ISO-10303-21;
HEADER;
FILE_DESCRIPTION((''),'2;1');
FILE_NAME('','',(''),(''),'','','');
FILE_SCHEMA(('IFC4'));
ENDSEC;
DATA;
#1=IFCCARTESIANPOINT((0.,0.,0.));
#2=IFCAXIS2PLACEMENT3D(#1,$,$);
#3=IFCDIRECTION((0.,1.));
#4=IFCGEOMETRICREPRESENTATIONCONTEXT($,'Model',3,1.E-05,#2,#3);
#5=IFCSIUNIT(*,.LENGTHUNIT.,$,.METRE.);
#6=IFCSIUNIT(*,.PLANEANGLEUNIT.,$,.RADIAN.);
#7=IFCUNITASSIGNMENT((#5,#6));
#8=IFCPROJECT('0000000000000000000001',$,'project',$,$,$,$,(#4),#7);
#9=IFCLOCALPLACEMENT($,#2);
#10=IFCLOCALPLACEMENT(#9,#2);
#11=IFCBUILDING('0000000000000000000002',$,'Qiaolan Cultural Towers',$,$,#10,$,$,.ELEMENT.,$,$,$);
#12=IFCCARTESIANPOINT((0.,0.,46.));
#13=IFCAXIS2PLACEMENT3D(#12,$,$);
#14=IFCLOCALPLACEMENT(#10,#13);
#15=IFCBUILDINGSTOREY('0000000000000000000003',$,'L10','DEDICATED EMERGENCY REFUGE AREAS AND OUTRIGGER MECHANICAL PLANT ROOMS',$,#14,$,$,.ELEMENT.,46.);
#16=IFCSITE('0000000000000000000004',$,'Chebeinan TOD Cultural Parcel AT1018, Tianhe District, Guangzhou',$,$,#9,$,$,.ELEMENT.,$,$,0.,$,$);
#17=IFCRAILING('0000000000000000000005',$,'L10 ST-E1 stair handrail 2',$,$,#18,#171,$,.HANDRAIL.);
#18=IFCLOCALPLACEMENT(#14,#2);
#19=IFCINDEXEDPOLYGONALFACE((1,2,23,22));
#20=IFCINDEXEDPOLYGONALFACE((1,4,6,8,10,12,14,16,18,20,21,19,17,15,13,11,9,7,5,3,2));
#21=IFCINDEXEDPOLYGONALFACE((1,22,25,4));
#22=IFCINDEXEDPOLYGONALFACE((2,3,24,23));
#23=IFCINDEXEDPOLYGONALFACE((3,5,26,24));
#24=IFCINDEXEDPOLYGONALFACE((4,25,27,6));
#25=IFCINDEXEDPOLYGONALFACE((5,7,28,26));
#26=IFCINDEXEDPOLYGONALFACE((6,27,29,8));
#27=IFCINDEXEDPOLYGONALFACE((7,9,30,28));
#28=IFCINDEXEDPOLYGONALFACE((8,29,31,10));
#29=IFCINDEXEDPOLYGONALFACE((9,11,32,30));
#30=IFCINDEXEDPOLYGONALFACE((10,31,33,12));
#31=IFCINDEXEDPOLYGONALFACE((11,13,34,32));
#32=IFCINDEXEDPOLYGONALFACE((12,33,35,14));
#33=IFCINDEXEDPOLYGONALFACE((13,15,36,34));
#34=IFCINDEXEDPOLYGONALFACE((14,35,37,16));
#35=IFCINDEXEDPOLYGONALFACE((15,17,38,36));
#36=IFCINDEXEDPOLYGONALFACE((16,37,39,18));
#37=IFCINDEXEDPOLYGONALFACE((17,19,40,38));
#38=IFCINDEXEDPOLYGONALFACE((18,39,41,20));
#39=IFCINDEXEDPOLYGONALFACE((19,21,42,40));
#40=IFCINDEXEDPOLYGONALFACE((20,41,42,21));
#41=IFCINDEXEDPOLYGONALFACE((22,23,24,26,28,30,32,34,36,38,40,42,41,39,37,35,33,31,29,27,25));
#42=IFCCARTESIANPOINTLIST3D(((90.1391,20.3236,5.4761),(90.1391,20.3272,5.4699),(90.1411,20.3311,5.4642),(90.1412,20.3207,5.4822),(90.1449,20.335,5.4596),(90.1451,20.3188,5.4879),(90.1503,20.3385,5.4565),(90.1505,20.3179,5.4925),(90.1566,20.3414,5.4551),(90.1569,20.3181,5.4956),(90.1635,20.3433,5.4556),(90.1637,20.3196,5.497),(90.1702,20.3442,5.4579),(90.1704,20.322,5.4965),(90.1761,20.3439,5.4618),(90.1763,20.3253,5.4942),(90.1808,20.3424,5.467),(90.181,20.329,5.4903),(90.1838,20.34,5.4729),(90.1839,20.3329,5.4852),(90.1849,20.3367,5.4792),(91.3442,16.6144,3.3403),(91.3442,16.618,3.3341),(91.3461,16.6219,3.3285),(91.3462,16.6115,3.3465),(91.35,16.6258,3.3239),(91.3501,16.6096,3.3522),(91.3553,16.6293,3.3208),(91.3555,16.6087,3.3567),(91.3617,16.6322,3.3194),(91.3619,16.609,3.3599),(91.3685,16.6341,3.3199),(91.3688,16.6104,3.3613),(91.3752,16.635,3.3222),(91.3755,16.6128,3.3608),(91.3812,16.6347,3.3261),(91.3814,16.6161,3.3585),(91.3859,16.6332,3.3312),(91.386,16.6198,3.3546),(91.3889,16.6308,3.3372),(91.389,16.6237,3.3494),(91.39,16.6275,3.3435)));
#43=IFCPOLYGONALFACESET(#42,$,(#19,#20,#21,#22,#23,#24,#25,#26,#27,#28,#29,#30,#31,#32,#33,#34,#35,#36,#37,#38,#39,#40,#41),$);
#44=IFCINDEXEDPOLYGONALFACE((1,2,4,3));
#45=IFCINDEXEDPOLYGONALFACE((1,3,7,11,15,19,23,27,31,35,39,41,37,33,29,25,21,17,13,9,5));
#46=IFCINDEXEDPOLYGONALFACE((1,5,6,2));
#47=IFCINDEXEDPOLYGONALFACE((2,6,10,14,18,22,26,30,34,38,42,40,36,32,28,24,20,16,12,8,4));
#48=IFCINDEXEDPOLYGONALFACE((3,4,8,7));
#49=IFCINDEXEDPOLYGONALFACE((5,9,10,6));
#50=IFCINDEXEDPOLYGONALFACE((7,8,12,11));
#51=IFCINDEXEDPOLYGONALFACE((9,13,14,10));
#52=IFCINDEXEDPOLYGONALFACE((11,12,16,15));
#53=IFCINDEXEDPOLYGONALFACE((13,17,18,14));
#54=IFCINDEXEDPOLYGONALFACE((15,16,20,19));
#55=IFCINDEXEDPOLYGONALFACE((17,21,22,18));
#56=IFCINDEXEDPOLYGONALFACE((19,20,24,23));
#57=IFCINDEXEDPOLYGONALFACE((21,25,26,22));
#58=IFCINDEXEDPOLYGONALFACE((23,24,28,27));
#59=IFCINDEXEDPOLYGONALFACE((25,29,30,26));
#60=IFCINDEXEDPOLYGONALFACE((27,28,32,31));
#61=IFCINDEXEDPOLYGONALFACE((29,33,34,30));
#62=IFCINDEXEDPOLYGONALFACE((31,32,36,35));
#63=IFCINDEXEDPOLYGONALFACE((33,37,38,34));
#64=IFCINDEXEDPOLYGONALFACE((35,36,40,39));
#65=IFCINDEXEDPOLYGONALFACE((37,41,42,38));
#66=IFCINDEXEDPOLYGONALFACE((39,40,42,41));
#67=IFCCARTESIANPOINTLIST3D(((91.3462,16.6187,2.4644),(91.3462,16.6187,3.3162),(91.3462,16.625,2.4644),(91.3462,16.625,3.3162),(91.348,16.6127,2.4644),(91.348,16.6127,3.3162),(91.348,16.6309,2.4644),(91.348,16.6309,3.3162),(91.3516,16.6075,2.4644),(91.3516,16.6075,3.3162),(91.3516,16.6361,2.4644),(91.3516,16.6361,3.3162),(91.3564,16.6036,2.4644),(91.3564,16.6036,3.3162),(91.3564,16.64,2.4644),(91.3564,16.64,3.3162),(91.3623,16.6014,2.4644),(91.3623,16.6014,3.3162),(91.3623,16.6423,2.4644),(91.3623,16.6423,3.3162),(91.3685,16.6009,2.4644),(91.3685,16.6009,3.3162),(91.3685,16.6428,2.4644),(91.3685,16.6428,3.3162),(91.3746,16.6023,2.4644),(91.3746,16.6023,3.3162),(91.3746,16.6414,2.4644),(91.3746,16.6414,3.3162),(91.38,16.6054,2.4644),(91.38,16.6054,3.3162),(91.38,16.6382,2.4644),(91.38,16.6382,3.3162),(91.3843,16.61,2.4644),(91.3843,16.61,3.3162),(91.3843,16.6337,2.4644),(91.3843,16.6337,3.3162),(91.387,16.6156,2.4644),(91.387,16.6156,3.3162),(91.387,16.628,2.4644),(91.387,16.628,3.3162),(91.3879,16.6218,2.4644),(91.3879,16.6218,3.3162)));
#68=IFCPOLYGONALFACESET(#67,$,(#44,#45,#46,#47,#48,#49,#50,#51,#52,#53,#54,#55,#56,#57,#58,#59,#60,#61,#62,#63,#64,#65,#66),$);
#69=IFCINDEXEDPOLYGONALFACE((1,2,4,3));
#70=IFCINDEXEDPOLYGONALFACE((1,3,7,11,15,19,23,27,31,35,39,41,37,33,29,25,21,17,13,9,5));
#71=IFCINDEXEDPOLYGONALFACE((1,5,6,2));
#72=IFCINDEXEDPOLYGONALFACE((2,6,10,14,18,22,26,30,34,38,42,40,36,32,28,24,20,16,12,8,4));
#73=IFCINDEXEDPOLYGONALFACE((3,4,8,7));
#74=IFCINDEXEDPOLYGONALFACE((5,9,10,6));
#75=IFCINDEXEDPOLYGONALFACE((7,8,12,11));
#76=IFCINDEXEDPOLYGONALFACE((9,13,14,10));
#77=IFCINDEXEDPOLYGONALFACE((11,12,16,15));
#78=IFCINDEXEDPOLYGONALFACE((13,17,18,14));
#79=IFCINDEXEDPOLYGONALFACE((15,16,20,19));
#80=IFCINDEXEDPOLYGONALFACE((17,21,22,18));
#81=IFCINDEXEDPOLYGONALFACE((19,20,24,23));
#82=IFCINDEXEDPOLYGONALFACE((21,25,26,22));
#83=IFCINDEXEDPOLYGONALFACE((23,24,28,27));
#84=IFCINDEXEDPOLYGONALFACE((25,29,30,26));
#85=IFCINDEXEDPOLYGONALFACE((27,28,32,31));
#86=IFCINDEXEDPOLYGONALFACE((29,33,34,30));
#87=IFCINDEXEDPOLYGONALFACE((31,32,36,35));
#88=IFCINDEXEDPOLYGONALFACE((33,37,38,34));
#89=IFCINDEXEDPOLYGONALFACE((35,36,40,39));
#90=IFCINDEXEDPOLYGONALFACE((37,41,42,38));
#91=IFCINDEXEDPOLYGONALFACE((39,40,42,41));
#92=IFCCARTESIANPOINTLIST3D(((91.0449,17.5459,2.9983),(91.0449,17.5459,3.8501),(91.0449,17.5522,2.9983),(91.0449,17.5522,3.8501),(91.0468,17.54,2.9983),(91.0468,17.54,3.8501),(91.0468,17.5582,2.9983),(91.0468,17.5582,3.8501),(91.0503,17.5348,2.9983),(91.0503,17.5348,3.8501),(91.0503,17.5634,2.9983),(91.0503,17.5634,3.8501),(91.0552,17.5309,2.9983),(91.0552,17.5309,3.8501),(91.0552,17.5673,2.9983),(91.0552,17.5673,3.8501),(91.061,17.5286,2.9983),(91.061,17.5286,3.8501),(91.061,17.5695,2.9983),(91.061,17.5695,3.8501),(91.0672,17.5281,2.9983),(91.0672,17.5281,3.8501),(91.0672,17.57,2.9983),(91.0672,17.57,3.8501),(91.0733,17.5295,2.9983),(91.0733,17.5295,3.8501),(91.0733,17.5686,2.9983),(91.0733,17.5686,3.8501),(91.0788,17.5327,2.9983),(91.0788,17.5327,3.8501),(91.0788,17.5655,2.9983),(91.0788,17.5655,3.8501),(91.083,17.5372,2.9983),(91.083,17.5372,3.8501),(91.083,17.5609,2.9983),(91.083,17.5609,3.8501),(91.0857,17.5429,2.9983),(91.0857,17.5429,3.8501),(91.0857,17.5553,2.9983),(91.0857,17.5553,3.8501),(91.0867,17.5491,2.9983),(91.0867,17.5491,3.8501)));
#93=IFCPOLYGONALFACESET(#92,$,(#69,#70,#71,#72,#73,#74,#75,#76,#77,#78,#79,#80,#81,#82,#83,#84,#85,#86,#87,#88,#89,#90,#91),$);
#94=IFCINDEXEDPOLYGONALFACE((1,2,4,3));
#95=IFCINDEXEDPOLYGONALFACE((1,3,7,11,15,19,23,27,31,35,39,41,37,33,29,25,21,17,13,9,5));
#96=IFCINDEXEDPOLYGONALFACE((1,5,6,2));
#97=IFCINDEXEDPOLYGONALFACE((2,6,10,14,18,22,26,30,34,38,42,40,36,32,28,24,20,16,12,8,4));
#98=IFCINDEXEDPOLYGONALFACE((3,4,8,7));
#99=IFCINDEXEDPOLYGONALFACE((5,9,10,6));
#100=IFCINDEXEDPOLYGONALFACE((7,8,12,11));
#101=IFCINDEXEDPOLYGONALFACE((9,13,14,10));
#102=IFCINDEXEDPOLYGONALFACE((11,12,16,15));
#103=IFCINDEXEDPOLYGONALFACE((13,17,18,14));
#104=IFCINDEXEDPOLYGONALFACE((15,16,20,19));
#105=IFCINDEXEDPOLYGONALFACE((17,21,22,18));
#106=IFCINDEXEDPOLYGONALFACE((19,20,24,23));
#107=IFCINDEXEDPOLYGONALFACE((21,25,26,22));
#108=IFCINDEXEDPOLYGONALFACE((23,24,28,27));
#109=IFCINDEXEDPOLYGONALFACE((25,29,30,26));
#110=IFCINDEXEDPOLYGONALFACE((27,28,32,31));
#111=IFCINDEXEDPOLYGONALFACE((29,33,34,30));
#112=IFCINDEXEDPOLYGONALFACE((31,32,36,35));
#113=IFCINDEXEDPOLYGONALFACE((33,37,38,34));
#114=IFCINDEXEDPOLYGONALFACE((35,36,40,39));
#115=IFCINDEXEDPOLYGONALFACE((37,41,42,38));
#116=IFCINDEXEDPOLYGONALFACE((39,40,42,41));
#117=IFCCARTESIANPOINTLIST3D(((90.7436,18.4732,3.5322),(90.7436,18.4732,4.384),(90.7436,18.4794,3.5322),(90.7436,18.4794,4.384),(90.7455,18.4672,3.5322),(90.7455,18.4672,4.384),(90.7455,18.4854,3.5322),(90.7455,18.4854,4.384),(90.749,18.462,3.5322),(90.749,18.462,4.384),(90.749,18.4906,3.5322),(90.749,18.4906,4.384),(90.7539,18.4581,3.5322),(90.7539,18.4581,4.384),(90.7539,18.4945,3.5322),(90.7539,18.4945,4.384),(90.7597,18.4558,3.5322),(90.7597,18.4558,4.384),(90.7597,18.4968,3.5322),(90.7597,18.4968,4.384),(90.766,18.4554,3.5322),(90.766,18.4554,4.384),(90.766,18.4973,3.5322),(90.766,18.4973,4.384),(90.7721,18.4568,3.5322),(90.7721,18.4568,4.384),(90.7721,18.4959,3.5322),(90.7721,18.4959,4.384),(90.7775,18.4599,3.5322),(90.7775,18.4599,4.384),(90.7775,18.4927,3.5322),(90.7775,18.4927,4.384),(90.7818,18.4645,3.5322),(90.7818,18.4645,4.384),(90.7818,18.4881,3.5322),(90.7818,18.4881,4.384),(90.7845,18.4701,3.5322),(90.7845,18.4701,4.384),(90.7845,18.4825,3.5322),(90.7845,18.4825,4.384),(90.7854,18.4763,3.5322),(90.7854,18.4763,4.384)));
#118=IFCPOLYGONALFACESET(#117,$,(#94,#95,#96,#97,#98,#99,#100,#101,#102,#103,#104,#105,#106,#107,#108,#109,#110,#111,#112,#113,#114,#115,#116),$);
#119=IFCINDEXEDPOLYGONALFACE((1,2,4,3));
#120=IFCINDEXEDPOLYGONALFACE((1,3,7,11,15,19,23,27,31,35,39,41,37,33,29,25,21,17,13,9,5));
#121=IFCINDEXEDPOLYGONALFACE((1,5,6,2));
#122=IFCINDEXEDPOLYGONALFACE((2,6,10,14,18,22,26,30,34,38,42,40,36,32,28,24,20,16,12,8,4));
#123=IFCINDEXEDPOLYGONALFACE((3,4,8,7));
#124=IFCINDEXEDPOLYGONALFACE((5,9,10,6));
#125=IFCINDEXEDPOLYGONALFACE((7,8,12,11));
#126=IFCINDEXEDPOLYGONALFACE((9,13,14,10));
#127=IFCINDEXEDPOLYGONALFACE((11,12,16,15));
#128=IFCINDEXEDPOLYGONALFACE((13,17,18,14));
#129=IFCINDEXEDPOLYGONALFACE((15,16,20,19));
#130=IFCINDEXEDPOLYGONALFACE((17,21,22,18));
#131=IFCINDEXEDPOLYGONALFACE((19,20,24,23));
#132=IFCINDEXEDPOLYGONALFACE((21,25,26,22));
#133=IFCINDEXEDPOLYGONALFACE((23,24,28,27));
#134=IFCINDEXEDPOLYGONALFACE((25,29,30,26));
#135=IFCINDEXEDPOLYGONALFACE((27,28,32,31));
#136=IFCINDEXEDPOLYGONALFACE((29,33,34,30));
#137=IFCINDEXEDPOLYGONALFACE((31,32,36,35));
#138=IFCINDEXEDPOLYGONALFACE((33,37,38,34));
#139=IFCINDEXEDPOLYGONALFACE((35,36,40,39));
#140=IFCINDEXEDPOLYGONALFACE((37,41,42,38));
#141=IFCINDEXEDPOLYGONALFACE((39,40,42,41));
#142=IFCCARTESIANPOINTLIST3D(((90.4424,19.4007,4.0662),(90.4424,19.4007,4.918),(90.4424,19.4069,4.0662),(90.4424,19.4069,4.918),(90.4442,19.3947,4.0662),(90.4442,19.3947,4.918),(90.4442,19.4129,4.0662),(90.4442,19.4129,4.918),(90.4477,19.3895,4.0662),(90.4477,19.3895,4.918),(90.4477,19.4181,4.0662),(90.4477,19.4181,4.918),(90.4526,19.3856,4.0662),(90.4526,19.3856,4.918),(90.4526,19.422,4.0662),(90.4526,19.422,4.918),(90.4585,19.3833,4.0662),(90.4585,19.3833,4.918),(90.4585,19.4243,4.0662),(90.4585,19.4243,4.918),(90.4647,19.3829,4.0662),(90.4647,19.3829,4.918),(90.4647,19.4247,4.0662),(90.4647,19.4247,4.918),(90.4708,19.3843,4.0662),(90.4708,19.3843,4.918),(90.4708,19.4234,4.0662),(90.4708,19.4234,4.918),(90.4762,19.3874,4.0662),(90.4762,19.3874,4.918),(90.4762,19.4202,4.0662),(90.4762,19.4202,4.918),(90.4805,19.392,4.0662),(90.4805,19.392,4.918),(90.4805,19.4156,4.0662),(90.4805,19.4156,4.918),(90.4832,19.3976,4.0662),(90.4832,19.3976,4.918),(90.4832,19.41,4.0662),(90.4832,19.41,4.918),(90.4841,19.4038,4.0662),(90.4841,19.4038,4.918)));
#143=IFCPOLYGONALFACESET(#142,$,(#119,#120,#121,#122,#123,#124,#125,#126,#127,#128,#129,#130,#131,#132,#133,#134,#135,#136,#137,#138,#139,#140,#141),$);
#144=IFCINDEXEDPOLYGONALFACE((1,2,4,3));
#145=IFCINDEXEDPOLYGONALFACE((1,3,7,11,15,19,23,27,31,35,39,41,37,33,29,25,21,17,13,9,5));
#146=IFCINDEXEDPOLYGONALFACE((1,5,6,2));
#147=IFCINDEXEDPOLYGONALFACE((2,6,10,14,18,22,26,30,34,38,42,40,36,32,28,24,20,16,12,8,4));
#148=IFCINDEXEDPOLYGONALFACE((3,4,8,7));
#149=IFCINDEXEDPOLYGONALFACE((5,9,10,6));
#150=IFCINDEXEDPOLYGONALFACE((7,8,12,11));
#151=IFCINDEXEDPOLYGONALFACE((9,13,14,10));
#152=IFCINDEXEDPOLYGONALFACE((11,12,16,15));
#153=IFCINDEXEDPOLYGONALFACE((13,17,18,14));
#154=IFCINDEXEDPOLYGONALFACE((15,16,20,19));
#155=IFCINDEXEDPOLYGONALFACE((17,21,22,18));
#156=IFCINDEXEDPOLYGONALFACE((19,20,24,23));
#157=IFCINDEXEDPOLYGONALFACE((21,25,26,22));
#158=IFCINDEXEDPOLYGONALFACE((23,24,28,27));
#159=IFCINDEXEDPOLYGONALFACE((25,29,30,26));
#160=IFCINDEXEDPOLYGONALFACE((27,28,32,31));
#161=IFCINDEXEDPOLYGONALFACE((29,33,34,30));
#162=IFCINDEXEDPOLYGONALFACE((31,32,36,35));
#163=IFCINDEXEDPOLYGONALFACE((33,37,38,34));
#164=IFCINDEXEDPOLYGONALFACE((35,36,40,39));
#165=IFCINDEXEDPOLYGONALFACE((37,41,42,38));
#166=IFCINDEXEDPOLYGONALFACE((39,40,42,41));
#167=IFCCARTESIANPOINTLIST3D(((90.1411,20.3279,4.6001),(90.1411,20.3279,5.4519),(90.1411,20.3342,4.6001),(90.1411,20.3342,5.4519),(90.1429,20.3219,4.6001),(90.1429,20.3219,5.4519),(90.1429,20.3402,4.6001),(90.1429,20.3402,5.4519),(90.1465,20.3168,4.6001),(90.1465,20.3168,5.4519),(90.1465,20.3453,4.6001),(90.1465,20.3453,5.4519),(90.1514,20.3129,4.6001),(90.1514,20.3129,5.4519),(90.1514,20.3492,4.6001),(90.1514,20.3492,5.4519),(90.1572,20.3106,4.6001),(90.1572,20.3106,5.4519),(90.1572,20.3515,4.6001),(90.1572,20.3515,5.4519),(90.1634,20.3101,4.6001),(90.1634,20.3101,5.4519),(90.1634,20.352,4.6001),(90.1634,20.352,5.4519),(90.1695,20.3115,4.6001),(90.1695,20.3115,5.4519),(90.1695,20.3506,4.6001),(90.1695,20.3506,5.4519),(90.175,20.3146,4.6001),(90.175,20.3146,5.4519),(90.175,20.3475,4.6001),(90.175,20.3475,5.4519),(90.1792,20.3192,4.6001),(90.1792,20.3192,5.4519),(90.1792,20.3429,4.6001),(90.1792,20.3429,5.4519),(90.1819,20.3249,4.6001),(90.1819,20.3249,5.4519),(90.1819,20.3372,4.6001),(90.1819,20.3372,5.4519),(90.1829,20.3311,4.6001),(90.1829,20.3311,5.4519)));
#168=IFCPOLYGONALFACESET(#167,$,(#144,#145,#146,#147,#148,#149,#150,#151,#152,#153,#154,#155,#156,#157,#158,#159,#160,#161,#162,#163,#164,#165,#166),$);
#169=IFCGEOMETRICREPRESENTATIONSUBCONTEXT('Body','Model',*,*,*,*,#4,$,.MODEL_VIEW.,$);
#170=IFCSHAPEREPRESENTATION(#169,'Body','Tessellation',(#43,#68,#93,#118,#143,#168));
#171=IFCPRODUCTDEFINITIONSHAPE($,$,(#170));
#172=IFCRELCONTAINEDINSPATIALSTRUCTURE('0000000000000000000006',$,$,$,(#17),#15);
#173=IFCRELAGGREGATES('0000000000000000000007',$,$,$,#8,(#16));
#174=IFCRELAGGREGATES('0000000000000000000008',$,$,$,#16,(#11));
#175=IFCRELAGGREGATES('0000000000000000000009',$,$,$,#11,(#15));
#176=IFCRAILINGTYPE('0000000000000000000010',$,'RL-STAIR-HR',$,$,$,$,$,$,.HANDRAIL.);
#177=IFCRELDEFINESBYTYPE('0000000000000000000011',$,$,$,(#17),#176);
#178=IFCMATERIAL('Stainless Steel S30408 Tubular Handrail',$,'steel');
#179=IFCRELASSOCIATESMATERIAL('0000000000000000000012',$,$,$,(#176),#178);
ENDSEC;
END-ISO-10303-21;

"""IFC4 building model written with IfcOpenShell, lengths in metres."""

from ifc_helpers import new_model, si_unit, direction, frame, origin, origin_2d, place, context, subcontext, project, spatial, circle, extrude, material, type_object, element, save


model = new_model("IFC4")

# Units and contexts
model_context = context("Model", 3, precision=1e-05, world=origin(), true_north=direction((0.0, 1.0)))
body_context = subcontext(model_context, "Body", "Model", "MODEL_VIEW")
ifc_project = project(units=[si_unit("LENGTHUNIT", "METRE"), si_unit("PLANEANGLEUNIT", "RADIAN")], contexts=[model_context])

# Site, building, storey
site_placement = place(None, origin())
site = spatial("IfcSite", under=ifc_project, at=site_placement, Name="Chebeinan TOD Cultural Parcel AT1018, Tianhe District, Guangzhou", CompositionType="ELEMENT", RefElevation=0.0)
building_placement = place(site_placement, origin())
building = spatial("IfcBuilding", under=site, at=building_placement, Name="Qiaolan Cultural Towers", CompositionType="ELEMENT")
storey_placement = place(building_placement, frame((0.0, 0.0, 46.0)))
storey = spatial("IfcBuildingStorey", under=building, at=storey_placement, Name="L10", Description="DEDICATED EMERGENCY REFUGE AREAS AND OUTRIGGER MECHANICAL PLANT ROOMS", CompositionType="ELEMENT", Elevation=46.0)

# Railing
ifc_material_1 = material(Name="Stainless Steel S30408 Tubular Handrail", Category="steel")
railing_type_1 = type_object("IfcRailingType", Name="RL-STAIR-HR", PredefinedType="HANDRAIL", material=ifc_material_1)
railing_1_placement = place(storey_placement, frame((91.3669, 16.6218, 2.4644)))
element("IfcRailing", 1, at=railing_1_placement, inside=storey, type_object=railing_type_1, Name="L10 ST-E1 stair handrail 2", PredefinedType="HANDRAIL", context=body_context, shape_type="SweptSolid", body=[
    extrude(circle(Radius=0.0239, at=origin_2d()), frame((0.0, 0.0, 0.876), z_axis=(-0.271013, 0.834177, 0.480312), x_axis=(-0.951066, -0.308988, 0.0)), (0.0, 0.0, 1.0), 4.4465),
    extrude(circle(Radius=0.021, at=origin_2d()), origin(), (0.0, 0.0, 1.0), 0.8518),
    extrude(circle(Radius=0.021, at=origin_2d()), frame((-0.3013, 0.9272, 0.5339)), (0.0, 0.0, 1.0), 0.8518),
    extrude(circle(Radius=0.021, at=origin_2d()), frame((-0.6025, 1.8545, 1.0679)), (0.0, 0.0, 1.0), 0.8518),
    extrude(circle(Radius=0.021, at=origin_2d()), frame((-0.9038, 2.782, 1.6018)), (0.0, 0.0, 1.0), 0.8518),
    extrude(circle(Radius=0.021, at=origin_2d()), frame((-1.2051, 3.7092, 2.1357)), (0.0, 0.0, 1.0), 0.8518),
])

save(model, "model.ifc")
